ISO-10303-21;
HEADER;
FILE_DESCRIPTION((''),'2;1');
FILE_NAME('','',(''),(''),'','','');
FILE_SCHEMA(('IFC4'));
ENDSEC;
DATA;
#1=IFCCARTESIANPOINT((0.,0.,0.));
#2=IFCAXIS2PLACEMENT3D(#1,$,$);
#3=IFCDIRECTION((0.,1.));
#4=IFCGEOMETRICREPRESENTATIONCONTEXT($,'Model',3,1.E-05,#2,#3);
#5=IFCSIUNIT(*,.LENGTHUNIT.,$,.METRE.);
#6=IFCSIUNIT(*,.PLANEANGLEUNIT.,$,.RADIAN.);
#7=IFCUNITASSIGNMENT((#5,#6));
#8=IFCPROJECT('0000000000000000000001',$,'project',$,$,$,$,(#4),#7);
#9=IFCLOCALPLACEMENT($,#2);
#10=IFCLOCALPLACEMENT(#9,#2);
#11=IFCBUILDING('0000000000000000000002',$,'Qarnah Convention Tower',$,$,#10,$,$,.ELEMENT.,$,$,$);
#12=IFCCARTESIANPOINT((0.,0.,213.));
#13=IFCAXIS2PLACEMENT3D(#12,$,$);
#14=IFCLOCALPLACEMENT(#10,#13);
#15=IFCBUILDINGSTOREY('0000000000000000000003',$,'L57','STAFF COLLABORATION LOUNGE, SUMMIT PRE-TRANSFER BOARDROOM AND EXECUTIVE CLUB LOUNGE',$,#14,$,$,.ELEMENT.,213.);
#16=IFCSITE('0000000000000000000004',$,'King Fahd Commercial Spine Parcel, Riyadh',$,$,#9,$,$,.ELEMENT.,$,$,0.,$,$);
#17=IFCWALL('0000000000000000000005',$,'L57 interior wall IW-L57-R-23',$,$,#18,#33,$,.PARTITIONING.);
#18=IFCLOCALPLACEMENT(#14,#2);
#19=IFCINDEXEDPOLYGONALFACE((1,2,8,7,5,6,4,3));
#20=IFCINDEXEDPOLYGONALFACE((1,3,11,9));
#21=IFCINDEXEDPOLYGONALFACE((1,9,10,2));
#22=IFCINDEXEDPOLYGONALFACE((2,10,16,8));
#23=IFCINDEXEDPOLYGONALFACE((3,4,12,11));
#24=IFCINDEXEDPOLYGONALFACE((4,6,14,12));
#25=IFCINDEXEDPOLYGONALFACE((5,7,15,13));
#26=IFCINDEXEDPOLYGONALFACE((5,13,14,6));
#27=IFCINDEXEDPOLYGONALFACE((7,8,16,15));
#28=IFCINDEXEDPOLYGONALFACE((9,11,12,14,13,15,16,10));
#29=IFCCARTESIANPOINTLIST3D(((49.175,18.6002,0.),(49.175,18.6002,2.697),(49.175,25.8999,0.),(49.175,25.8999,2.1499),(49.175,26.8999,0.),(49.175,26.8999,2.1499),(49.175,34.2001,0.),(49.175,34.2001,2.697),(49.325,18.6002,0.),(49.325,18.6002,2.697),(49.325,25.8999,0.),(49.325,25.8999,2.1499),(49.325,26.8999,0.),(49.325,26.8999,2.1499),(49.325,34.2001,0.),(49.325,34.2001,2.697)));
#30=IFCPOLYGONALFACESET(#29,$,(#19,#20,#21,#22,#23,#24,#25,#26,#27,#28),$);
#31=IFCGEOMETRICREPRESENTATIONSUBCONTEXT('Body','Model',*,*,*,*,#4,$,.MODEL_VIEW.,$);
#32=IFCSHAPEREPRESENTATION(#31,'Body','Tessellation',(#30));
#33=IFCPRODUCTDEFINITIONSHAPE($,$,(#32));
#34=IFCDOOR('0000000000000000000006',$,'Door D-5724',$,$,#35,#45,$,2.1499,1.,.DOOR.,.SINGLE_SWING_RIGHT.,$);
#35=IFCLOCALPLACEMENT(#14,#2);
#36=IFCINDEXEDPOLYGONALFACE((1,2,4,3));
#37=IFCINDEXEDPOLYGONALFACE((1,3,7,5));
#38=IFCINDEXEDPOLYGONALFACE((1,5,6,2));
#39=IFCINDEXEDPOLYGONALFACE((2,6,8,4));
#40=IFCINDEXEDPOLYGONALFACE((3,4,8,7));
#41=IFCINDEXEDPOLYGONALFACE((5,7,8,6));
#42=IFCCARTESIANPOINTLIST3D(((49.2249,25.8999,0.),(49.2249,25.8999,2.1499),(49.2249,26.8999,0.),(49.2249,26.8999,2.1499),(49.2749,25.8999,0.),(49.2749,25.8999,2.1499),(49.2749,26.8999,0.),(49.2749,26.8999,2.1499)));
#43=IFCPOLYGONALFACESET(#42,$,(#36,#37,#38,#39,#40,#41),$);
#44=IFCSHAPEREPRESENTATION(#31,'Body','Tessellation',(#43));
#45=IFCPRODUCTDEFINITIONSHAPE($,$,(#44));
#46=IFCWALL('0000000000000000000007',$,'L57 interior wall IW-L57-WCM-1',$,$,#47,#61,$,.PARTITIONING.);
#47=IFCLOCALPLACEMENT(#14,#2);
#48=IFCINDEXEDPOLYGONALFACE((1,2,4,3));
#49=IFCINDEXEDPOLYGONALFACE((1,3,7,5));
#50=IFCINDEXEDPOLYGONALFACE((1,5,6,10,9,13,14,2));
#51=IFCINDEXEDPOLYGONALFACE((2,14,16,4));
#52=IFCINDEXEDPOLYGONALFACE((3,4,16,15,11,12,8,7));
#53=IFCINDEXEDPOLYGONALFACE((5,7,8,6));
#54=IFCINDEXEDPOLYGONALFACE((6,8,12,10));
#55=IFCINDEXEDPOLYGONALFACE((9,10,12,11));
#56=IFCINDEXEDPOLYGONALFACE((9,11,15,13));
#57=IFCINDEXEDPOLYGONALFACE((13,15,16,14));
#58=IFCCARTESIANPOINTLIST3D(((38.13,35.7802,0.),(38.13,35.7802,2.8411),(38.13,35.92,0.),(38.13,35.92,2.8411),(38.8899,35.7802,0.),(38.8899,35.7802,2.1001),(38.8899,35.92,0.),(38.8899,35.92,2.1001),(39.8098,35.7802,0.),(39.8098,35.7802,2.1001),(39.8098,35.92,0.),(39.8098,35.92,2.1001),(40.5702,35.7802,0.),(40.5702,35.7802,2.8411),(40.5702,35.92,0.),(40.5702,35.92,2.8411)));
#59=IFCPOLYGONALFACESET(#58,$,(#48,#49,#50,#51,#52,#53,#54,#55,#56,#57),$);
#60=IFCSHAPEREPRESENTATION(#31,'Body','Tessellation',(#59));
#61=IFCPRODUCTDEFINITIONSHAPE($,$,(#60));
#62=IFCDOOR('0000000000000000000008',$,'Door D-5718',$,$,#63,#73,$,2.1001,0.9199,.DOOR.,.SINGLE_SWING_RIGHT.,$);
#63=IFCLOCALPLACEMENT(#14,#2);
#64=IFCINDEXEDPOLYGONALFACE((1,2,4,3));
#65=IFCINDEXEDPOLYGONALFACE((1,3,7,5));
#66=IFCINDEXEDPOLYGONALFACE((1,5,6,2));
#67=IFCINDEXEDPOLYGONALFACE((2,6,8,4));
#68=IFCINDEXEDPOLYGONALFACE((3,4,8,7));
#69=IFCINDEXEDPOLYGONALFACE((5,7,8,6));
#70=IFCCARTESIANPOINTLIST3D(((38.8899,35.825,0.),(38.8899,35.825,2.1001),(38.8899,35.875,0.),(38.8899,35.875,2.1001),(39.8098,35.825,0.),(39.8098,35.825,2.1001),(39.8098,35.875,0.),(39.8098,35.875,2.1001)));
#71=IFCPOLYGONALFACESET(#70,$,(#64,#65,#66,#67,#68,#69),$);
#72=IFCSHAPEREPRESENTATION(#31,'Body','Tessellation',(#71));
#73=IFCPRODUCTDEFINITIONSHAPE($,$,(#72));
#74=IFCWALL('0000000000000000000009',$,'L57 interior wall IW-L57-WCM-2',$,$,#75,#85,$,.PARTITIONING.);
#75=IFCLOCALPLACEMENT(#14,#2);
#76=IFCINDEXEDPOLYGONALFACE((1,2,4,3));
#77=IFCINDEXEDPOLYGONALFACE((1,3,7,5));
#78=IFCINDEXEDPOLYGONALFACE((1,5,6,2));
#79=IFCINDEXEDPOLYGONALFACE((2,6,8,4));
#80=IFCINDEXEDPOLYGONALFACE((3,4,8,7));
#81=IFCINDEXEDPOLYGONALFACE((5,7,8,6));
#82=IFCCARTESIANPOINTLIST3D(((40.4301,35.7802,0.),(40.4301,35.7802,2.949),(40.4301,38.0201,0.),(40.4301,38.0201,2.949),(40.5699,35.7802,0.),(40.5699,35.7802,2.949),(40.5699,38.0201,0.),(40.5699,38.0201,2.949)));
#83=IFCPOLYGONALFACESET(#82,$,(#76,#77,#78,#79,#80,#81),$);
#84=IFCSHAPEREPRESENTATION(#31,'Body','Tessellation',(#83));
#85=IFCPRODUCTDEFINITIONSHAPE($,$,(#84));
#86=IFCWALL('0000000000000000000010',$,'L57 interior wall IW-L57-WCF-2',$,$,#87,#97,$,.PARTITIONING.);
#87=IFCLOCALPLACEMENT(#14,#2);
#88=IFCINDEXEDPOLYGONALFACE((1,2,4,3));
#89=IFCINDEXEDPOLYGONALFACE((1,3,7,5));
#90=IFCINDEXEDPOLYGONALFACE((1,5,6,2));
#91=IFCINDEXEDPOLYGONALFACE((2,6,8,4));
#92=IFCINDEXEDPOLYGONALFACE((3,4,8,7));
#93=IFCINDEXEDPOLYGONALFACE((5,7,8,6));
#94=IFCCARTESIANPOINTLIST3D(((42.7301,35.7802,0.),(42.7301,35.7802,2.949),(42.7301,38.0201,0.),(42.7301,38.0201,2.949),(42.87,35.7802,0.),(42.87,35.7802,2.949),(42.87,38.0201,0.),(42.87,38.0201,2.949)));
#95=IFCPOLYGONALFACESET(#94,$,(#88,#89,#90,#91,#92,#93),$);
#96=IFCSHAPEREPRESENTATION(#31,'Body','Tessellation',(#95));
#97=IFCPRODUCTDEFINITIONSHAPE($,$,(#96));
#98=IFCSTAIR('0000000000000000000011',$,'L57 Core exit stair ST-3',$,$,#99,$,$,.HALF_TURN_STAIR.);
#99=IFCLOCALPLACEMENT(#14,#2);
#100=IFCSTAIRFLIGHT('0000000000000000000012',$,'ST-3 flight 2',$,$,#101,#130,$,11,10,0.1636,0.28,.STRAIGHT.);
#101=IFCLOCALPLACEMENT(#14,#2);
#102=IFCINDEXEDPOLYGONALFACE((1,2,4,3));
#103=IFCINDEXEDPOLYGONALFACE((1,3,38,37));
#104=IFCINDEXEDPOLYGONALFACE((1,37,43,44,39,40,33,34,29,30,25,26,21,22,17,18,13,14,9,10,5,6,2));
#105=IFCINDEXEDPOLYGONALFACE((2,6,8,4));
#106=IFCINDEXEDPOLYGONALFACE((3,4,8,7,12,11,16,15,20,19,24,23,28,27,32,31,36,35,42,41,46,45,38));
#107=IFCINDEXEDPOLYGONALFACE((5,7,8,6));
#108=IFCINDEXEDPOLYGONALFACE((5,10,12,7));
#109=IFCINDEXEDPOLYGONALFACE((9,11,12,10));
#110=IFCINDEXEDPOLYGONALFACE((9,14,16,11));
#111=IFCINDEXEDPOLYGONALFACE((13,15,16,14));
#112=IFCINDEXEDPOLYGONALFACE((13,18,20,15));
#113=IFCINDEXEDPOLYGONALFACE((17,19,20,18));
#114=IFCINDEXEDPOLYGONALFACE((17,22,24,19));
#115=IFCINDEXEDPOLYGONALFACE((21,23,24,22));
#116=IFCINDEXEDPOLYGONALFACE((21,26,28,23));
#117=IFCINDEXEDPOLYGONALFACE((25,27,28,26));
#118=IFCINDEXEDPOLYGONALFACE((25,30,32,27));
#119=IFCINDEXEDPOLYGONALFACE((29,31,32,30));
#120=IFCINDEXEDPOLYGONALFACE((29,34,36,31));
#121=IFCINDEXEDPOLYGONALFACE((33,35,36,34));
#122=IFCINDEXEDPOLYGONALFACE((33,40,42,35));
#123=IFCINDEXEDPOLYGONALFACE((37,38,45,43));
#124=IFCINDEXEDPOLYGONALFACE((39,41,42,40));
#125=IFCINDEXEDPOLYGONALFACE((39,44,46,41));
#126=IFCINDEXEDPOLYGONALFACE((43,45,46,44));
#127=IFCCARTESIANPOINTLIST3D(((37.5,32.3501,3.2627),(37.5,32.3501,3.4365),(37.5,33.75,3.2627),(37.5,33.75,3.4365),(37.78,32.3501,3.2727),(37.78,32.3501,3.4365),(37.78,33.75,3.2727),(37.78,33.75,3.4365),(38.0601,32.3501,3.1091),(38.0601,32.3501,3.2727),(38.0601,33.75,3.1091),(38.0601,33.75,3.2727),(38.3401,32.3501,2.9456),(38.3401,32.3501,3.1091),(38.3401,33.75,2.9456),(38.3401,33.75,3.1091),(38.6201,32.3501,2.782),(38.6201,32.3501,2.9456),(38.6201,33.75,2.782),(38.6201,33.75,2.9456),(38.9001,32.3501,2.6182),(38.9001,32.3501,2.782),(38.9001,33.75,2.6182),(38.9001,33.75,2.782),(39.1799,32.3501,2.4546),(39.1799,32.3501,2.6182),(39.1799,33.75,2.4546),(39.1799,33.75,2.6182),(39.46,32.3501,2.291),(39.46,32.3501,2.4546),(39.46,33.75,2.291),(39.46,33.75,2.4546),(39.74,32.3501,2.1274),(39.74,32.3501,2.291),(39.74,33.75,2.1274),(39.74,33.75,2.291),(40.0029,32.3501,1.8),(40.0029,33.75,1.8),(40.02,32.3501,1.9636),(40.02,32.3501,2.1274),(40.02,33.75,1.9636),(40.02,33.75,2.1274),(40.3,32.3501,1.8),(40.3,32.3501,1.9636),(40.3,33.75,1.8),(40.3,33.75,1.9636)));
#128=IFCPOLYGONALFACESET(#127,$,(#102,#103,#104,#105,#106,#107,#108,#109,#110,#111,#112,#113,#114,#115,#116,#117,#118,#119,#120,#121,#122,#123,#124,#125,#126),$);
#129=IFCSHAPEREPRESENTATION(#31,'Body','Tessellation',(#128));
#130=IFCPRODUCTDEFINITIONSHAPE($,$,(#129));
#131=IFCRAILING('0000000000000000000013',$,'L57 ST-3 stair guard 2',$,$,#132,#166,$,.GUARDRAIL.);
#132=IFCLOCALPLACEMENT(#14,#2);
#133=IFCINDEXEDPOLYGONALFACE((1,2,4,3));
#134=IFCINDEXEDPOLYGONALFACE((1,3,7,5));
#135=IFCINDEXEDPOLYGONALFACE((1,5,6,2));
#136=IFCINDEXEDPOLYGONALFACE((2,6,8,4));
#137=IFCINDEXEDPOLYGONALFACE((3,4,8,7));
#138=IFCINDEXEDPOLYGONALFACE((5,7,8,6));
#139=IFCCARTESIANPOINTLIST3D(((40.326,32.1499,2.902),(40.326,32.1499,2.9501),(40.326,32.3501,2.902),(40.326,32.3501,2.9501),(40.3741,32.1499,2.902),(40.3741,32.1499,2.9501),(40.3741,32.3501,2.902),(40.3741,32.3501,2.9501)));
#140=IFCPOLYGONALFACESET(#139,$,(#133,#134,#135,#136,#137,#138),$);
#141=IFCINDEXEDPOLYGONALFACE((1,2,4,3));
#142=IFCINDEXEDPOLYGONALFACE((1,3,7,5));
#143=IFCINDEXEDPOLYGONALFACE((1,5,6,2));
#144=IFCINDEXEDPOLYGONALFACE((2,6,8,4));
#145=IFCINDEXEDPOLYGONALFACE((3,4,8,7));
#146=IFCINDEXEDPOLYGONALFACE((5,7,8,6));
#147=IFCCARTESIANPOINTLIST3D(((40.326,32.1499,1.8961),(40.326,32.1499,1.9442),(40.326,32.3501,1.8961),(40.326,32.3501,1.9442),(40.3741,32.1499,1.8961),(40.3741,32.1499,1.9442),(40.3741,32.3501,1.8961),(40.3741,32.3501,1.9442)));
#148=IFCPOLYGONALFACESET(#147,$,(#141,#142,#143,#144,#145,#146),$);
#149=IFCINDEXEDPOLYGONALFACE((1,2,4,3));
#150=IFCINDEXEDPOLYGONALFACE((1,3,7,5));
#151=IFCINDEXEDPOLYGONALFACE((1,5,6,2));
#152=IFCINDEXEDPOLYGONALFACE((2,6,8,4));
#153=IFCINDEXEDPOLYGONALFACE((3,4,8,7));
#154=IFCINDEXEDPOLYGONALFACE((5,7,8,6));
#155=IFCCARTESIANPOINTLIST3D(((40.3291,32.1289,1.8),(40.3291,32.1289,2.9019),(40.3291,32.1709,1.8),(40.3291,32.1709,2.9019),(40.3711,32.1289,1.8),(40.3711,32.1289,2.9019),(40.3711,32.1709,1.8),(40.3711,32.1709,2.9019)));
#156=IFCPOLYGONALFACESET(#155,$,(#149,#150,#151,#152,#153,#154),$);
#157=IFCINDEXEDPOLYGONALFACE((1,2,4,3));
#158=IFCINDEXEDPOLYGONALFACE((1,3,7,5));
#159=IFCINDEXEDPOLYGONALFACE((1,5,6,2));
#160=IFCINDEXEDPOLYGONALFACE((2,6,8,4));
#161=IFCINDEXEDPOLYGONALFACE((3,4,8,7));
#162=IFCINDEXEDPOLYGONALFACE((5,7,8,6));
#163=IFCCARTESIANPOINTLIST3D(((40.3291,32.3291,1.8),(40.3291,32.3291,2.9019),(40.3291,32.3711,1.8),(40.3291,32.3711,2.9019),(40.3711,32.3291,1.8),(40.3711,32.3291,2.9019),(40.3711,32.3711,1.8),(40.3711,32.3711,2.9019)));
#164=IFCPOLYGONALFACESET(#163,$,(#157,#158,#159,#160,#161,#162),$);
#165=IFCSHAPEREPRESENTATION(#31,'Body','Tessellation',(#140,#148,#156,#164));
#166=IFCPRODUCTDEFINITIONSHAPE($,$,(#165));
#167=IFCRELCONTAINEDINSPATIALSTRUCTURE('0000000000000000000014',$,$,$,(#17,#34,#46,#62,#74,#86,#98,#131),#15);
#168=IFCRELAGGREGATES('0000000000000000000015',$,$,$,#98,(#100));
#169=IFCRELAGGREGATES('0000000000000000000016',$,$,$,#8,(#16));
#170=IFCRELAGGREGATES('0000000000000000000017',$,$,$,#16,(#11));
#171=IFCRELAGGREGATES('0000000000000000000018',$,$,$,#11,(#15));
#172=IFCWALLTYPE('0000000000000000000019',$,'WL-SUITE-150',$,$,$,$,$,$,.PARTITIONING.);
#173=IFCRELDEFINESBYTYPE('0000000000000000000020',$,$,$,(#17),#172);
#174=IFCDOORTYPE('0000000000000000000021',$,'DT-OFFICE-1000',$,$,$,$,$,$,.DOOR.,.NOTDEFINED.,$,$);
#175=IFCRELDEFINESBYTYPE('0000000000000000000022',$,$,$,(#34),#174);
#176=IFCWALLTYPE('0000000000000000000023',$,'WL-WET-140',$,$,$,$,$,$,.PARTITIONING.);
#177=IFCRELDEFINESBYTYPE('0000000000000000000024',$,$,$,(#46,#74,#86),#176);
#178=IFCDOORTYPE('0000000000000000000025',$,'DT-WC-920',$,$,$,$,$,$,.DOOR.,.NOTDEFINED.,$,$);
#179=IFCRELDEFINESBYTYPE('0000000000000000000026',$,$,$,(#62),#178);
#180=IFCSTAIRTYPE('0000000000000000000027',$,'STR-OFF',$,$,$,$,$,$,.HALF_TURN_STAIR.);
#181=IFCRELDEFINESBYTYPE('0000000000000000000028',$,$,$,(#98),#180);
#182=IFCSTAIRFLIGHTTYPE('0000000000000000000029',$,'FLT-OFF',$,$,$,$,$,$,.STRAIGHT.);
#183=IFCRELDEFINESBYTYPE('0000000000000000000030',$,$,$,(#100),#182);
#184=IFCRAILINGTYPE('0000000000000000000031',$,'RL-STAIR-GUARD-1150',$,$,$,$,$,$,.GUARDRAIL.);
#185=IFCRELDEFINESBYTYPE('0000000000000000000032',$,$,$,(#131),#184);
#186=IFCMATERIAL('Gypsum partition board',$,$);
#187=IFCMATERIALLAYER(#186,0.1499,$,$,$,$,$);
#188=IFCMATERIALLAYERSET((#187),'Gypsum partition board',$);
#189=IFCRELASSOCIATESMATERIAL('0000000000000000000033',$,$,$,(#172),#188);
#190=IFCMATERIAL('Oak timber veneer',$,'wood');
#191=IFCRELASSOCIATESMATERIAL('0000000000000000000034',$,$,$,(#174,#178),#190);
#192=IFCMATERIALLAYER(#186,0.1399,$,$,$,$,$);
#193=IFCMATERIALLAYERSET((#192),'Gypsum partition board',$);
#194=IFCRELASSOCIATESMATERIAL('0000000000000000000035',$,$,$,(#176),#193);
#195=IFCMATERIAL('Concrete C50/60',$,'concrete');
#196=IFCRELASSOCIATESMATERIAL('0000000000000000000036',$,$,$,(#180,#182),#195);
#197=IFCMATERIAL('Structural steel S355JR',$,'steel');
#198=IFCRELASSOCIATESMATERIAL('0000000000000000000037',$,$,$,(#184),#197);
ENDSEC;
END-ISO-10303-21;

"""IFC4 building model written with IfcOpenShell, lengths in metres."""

from ifc_helpers import new_model, si_unit, direction, frame, frame_2d, origin, origin_2d, place, context, subcontext, project, spatial, polyline, rectangle, outline, extrude, material, layer, layer_set, type_object, element, fill, aggregate, save


model = new_model("IFC4")

# Units and contexts
model_context = context("Model", 3, precision=1e-05, world=origin(), true_north=direction((0.0, 1.0)))
body_context = subcontext(model_context, "Body", "Model", "MODEL_VIEW")
ifc_project = project(units=[si_unit("LENGTHUNIT", "METRE"), si_unit("PLANEANGLEUNIT", "RADIAN")], contexts=[model_context])

# Site, building, storey
site_placement = place(None, origin())
site = spatial("IfcSite", under=ifc_project, at=site_placement, Name="King Fahd Commercial Spine Parcel, Riyadh", CompositionType="ELEMENT", RefElevation=0.0)
building_placement = place(site_placement, origin())
building = spatial("IfcBuilding", under=site, at=building_placement, Name="Qarnah Convention Tower", CompositionType="ELEMENT")
storey_placement = place(building_placement, frame((0.0, 0.0, 213.0)))
storey = spatial("IfcBuildingStorey", under=building, at=storey_placement, Name="L57", Description="STAFF COLLABORATION LOUNGE, SUMMIT PRE-TRANSFER BOARDROOM AND EXECUTIVE CLUB LOUNGE", CompositionType="ELEMENT", Elevation=213.0)

# Shared definitions
ifc_material_1 = material(Name="Concrete C50/60", Category="concrete")

# Shared definitions
ifc_material_2 = material(Name="Structural steel S355JR", Category="steel")

# Walls, openings, doors
ifc_material_3 = material(Name="Gypsum partition board")
ifc_layer_1 = layer(ifc_material_3, 0.1499)
ifc_layer_set_1 = layer_set([ifc_layer_1], Name="Gypsum partition board")
wall_type_1 = type_object("IfcWallType", Name="WL-SUITE-150", PredefinedType="PARTITIONING", material=ifc_layer_set_1)
wall_1_placement = place(storey_placement, frame((49.25, 34.2, 0.0), z_axis=(0.0, 0.0, 1.0), x_axis=(0.0, -1.0, 0.0)))
wall_1 = element("IfcWall", 1, at=wall_1_placement, inside=storey, type_object=wall_type_1, Name="L57 interior wall IW-L57-R-23", PredefinedType="PARTITIONING", context=body_context, shape_type="SweptSolid", body=[
    extrude(rectangle(XDim=15.5999, YDim=0.1499, at=frame_2d((7.7998, 0.0))), origin(), (0.0, 0.0, 1.0), 2.697),
])
opening_1_placement = place(wall_1_placement, frame((7.3, 0.0, 0.0)))
opening_1 = element("IfcOpeningElement", 2, at=opening_1_placement, cuts=wall_1, PredefinedType="OPENING", context=body_context, shape_type="SweptSolid", body=[
    extrude(rectangle(XDim=1.0, YDim=2.1499, at=frame_2d((0.5, 1.075))), frame((0.0, 0.085, 0.0), z_axis=(0.0, -1.0, 0.0), x_axis=(1.0, 0.0, 0.0)), (0.0, 0.0, 1.0), 0.1699),
])
ifc_material_4 = material(Name="Oak timber veneer", Category="wood")
door_type_1 = type_object("IfcDoorType", Name="DT-OFFICE-1000", OperationType="NOTDEFINED", PredefinedType="DOOR", material=ifc_material_4)
door_1_placement = place(opening_1_placement, origin())
door_1 = element("IfcDoor", 3, at=door_1_placement, inside=storey, type_object=door_type_1, Name="Door D-5724", OperationType="SINGLE_SWING_RIGHT", OverallHeight=2.1499, OverallWidth=1.0, PredefinedType="DOOR", context=body_context, shape_type="SweptSolid", body=[
    extrude(rectangle(XDim=1.0, YDim=2.1499, at=frame_2d((0.5, 1.075))), frame((0.0, 0.0249, 0.0), z_axis=(0.0, -1.0, 0.0), x_axis=(1.0, 0.0, 0.0)), (0.0, 0.0, 1.0), 0.05),
])
fill(opening_1, door_1)
ifc_layer_2 = layer(ifc_material_3, 0.1399)
ifc_layer_set_2 = layer_set([ifc_layer_2], Name="Gypsum partition board")
wall_type_2 = type_object("IfcWallType", Name="WL-WET-140", PredefinedType="PARTITIONING", material=ifc_layer_set_2)
wall_2_placement = place(storey_placement, frame((38.1299, 35.8501, 0.0), z_axis=(0.0, 0.0, 1.0), x_axis=(1.0, 0.0, 0.0)))
wall_2 = element("IfcWall", 4, at=wall_2_placement, inside=storey, type_object=wall_type_2, Name="L57 interior wall IW-L57-WCM-1", PredefinedType="PARTITIONING", context=body_context, shape_type="SweptSolid", body=[
    extrude(rectangle(XDim=2.4402, YDim=0.1399, at=frame_2d((1.2202, 0.0))), origin(), (0.0, 0.0, 1.0), 2.8411),
])
opening_2_placement = place(wall_2_placement, frame((0.76, 0.0, 0.0)))
opening_2 = element("IfcOpeningElement", 5, at=opening_2_placement, cuts=wall_2, PredefinedType="OPENING", context=body_context, shape_type="SweptSolid", body=[
    extrude(rectangle(XDim=0.9199, YDim=2.1001, at=frame_2d((0.46, 1.05))), frame((0.0, 0.0798, 0.0), z_axis=(0.0, -1.0, 0.0), x_axis=(1.0, 0.0, 0.0)), (0.0, 0.0, 1.0), 0.1599),
])
door_type_2 = type_object("IfcDoorType", Name="DT-WC-920", OperationType="NOTDEFINED", PredefinedType="DOOR", material=ifc_material_4)
door_2_placement = place(opening_2_placement, origin())
door_2 = element("IfcDoor", 6, at=door_2_placement, inside=storey, type_object=door_type_2, Name="Door D-5718", OperationType="SINGLE_SWING_RIGHT", OverallHeight=2.1001, OverallWidth=0.9199, PredefinedType="DOOR", context=body_context, shape_type="SweptSolid", body=[
    extrude(rectangle(XDim=0.9199, YDim=2.1001, at=frame_2d((0.46, 1.05))), frame((0.0, 0.0249, 0.0), z_axis=(0.0, -1.0, 0.0), x_axis=(1.0, 0.0, 0.0)), (0.0, 0.0, 1.0), 0.05),
])
fill(opening_2, door_2)

# Walls
for number, where, z_axis, x_axis, name in (
    (7, (40.5, 35.78, 0.0), (0.0, 0.0, 1.0), (0.0, 1.0, 0.0), "L57 interior wall IW-L57-WCM-2"),
    (8, (42.8, 35.78, 0.0), (0.0, 0.0, 1.0), (0.0, 1.0, 0.0), "L57 interior wall IW-L57-WCF-2"),
):
    element("IfcWall", number, at=place(storey_placement, frame(where, z_axis=z_axis, x_axis=x_axis)), inside=storey, type_object=wall_type_2, Name=name, PredefinedType="PARTITIONING", context=body_context, shape_type="SweptSolid", body=[
        extrude(rectangle(XDim=2.24, YDim=0.1399, at=frame_2d((1.1201, 0.0))), origin(), (0.0, 0.0, 1.0), 2.949),
    ])

# Stair, stair flight
stair_type = type_object("IfcStairType", Name="STR-OFF", PredefinedType="HALF_TURN_STAIR", material=ifc_material_1)
stair_placement = place(storey_placement, origin())
stair = element("IfcStair", 9, at=stair_placement, inside=storey, type_object=stair_type, Name="L57 Core exit stair ST-3", PredefinedType="HALF_TURN_STAIR")
stair_flight_type = type_object("IfcStairFlightType", Name="FLT-OFF", PredefinedType="STRAIGHT", material=ifc_material_1)
stair_flight_placement = place(storey_placement, frame((40.3, 33.05, 1.8), z_axis=(0.0, 0.0, 1.0), x_axis=(-1.0, 0.0, 0.0)))
stair_flight = element("IfcStairFlight", 10, at=stair_flight_placement, type_object=stair_flight_type, Name="ST-3 flight 2", NumberOfRisers=11, NumberOfTreads=10, PredefinedType="STRAIGHT", RiserHeight=0.1636, TreadLength=0.28, context=body_context, shape_type="SweptSolid", body=[
    extrude(outline(polyline([(0.0, 0.0), (0.0, 0.1636), (0.28, 0.1636), (0.28, 0.3274), (0.5601, 0.3274), (0.5601, 0.491), (0.8401, 0.491), (0.8401, 0.6545), (1.1201, 0.6545), (1.1201, 0.8181), (1.3999, 0.8181), (1.3999, 0.9819), (1.6799, 0.9819), (1.6799, 1.1455), (1.96, 1.1455), (1.96, 1.3091), (2.24, 1.3091), (2.24, 1.4727), (2.52, 1.4727), (2.52, 1.6365), (2.8, 1.6365), (2.8, 1.8), (2.8, 1.4626), (0.2971, 0.0), (0.0, 0.0)])), frame((0.0, 0.7, 0.0), z_axis=(0.0, -1.0, 0.0), x_axis=(1.0, 0.0, 0.0)), (0.0, 0.0, 1.0), 1.3999),
])
aggregate(stair, [stair_flight])

# Railing
railing_type_1 = type_object("IfcRailingType", Name="RL-STAIR-GUARD-1150", PredefinedType="GUARDRAIL", material=ifc_material_2)
railing_1_placement = place(storey_placement, frame((40.3501, 32.1499, 1.8)))
element("IfcRailing", 11, at=railing_1_placement, inside=storey, type_object=railing_type_1, Name="L57 ST-3 stair guard 2", PredefinedType="GUARDRAIL", context=body_context, shape_type="SweptSolid", body=[
    extrude(rectangle(XDim=0.0481, YDim=0.0481, at=origin_2d()), frame((0.0, 0.0, 1.126), z_axis=(0.0, 1.0, 0.0), x_axis=(-1.0, 0.0, 0.0)), (0.0, 0.0, 1.0), 0.2002),
    extrude(rectangle(XDim=0.0481, YDim=0.0481, at=origin_2d()), frame((0.0, 0.0, 0.1201), z_axis=(0.0, 1.0, 0.0), x_axis=(-1.0, 0.0, 0.0)), (0.0, 0.0, 1.0), 0.2002),
    extrude(rectangle(XDim=0.042, YDim=0.042, at=origin_2d()), origin(), (0.0, 0.0, 1.0), 1.1018),
    extrude(rectangle(XDim=0.042, YDim=0.042, at=origin_2d()), frame((0.0, 0.2002, 0.0)), (0.0, 0.0, 1.0), 1.1018),
])

save(model, "model.ifc")
